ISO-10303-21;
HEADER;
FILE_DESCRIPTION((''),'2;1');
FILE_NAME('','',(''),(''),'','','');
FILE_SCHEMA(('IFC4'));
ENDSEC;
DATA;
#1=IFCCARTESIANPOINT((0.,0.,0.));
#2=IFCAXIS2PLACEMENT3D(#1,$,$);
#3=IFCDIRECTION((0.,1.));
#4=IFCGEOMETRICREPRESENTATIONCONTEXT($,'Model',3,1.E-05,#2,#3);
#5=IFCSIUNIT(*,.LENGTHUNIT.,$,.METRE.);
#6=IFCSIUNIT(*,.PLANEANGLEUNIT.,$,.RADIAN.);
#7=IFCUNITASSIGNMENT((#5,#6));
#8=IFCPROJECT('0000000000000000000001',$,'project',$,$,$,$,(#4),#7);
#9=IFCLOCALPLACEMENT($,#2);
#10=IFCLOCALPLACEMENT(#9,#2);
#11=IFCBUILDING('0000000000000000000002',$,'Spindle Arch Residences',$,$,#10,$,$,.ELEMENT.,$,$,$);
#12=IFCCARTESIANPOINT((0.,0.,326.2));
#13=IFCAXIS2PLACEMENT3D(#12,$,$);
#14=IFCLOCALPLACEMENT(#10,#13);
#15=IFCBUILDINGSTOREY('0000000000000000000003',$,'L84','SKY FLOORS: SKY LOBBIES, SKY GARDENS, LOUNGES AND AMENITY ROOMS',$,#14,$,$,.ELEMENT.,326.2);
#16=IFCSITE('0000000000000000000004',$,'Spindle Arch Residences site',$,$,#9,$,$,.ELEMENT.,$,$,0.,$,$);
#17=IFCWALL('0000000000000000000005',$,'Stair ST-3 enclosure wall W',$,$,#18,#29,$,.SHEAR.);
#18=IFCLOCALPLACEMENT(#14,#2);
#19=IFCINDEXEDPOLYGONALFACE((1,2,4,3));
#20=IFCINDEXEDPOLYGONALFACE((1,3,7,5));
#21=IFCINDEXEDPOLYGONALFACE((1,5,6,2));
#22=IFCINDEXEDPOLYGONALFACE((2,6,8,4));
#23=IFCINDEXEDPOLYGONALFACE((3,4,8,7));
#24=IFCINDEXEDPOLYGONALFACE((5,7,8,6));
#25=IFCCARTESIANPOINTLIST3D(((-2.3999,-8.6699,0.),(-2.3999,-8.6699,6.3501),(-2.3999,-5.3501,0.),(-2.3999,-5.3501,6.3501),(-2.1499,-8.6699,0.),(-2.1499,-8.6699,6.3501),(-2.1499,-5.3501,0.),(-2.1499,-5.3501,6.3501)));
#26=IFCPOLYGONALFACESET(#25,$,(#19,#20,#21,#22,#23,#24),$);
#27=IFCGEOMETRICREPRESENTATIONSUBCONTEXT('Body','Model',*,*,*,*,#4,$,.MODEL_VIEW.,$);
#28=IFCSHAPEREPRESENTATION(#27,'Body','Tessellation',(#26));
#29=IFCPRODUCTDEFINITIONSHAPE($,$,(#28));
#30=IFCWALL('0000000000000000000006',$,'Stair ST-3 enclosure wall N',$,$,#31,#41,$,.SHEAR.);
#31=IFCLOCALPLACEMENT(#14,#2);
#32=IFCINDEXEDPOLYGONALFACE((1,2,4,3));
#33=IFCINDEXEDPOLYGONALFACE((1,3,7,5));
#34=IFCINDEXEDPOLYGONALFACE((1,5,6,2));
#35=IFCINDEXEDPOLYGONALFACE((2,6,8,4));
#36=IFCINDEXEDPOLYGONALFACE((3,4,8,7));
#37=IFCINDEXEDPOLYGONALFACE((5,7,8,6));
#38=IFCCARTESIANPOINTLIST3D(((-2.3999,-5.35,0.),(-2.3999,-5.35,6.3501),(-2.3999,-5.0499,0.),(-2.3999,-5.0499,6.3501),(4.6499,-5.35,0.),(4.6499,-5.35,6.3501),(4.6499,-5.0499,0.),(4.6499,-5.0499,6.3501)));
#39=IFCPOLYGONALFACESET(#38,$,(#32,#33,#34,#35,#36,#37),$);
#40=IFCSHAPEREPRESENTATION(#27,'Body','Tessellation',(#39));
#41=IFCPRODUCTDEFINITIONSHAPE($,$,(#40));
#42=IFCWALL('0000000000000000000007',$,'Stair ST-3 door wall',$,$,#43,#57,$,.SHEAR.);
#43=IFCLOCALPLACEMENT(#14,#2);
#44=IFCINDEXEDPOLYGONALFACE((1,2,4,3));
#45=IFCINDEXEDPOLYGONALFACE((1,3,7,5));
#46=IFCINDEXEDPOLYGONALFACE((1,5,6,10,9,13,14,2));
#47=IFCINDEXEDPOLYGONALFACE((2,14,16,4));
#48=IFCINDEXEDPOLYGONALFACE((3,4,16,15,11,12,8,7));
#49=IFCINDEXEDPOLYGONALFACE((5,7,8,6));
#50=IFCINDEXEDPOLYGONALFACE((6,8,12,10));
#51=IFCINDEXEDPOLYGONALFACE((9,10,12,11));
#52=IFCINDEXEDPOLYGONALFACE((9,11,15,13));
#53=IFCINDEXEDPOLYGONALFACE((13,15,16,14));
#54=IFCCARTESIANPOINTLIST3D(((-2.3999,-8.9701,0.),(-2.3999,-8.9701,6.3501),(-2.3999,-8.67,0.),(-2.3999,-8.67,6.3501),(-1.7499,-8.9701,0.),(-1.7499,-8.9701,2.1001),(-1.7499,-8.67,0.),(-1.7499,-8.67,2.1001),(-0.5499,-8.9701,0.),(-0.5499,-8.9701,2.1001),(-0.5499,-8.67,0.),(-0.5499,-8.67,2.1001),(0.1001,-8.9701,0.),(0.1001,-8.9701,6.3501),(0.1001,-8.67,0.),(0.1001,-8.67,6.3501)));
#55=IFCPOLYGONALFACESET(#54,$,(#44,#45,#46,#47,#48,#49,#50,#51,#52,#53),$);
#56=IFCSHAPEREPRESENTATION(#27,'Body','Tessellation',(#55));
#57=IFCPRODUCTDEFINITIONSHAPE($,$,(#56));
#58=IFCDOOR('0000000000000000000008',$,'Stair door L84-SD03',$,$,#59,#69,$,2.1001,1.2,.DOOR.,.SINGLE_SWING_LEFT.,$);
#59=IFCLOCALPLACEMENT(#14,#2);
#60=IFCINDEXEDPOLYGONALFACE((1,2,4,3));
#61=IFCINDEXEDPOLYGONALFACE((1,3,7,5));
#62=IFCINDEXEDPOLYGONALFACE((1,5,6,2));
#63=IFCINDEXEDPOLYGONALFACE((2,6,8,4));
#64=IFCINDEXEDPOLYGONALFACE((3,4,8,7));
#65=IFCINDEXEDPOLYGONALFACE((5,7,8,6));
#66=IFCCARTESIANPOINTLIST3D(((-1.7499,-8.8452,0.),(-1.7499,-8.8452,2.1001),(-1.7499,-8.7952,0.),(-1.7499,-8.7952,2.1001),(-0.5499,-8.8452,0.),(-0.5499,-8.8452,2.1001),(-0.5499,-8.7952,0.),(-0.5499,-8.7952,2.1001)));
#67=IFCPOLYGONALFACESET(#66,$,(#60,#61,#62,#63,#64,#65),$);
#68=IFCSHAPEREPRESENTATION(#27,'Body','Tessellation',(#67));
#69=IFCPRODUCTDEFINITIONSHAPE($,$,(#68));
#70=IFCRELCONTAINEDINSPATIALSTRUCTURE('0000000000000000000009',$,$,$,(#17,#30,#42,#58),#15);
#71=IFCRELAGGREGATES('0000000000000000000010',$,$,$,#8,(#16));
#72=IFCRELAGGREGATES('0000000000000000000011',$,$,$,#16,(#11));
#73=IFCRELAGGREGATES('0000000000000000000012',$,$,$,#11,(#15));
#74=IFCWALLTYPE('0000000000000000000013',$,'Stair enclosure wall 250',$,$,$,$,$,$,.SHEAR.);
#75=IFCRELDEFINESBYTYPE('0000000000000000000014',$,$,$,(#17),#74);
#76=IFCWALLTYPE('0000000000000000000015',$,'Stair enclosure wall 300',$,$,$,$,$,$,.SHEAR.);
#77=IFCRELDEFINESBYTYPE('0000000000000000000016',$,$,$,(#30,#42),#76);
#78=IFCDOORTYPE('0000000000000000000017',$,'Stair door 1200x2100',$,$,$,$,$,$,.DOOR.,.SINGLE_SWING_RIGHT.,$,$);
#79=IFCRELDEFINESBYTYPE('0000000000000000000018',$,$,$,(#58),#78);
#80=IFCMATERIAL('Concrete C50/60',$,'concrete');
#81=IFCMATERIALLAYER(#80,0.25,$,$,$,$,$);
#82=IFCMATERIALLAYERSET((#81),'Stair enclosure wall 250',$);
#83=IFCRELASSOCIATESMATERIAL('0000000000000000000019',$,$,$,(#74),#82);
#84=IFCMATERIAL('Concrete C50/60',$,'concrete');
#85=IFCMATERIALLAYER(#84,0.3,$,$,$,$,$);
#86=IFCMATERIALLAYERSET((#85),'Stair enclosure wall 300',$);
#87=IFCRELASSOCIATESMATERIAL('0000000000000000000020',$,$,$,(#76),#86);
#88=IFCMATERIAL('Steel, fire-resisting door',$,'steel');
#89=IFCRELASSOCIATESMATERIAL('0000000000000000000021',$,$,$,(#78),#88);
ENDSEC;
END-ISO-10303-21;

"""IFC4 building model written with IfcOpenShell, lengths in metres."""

from ifc_helpers import new_model, si_unit, direction, frame, frame_2d, origin, place, context, subcontext, project, spatial, rectangle, extrude, material, layer, layer_set, type_object, element, fill, save


model = new_model("IFC4")

# Units and contexts
model_context = context("Model", 3, precision=1e-05, world=origin(), true_north=direction((0.0, 1.0)))
body_context = subcontext(model_context, "Body", "Model", "MODEL_VIEW")
ifc_project = project(units=[si_unit("LENGTHUNIT", "METRE"), si_unit("PLANEANGLEUNIT", "RADIAN")], contexts=[model_context])

# Site, building, storey
site_placement = place(None, origin())
site = spatial("IfcSite", under=ifc_project, at=site_placement, Name="Spindle Arch Residences site", CompositionType="ELEMENT", RefElevation=0.0)
building_placement = place(site_placement, origin())
building = spatial("IfcBuilding", under=site, at=building_placement, Name="Spindle Arch Residences", CompositionType="ELEMENT")
storey_placement = place(building_placement, frame((0.0, 0.0, 326.2)))
storey = spatial("IfcBuildingStorey", under=building, at=storey_placement, Name="L84", Description="SKY FLOORS: SKY LOBBIES, SKY GARDENS, LOUNGES AND AMENITY ROOMS", CompositionType="ELEMENT", Elevation=326.2)

# Walls
ifc_material_1 = material(Name="Concrete C50/60", Category="concrete")
ifc_layer_1 = layer(ifc_material_1, 0.25)
ifc_layer_set_1 = layer_set([ifc_layer_1], Name="Stair enclosure wall 250")
wall_type_1 = type_object("IfcWallType", Name="Stair enclosure wall 250", PredefinedType="SHEAR", material=ifc_layer_set_1)
wall_1_placement = place(storey_placement, frame((-2.2749, -8.6699, 0.0), z_axis=(0.0, 0.0, 1.0), x_axis=(0.0, 1.0, 0.0)))
element("IfcWall", 1, at=wall_1_placement, inside=storey, type_object=wall_type_1, Name="Stair ST-3 enclosure wall W", PredefinedType="SHEAR", context=body_context, shape_type="SweptSolid", body=[
    extrude(rectangle(XDim=3.3198, YDim=0.25, at=frame_2d((1.6599, 0.0))), origin(), (0.0, 0.0, 1.0), 6.3501),
])
ifc_material_2 = material(Name="Concrete C50/60", Category="concrete")
ifc_layer_2 = layer(ifc_material_2, 0.3)
ifc_layer_set_2 = layer_set([ifc_layer_2], Name="Stair enclosure wall 300")
wall_type_2 = type_object("IfcWallType", Name="Stair enclosure wall 300", PredefinedType="SHEAR", material=ifc_layer_set_2)
wall_2_placement = place(storey_placement, frame((-2.3999, -5.2, 0.0), z_axis=(0.0, 0.0, 1.0), x_axis=(1.0, 0.0, 0.0)))
element("IfcWall", 2, at=wall_2_placement, inside=storey, type_object=wall_type_2, Name="Stair ST-3 enclosure wall N", PredefinedType="SHEAR", context=body_context, shape_type="SweptSolid", body=[
    extrude(rectangle(XDim=7.0498, YDim=0.3, at=frame_2d((3.5249, 0.0))), origin(), (0.0, 0.0, 1.0), 6.3501),
])

# Wall, opening, door
wall_3_placement = place(storey_placement, frame((-2.3999, -8.8201, 0.0), z_axis=(0.0, 0.0, 1.0), x_axis=(1.0, 0.0, 0.0)))
wall_3 = element("IfcWall", 3, at=wall_3_placement, inside=storey, type_object=wall_type_2, Name="Stair ST-3 door wall", PredefinedType="SHEAR", context=body_context, shape_type="SweptSolid", body=[
    extrude(rectangle(XDim=2.5, YDim=0.3, at=frame_2d((1.25, 0.0))), origin(), (0.0, 0.0, 1.0), 6.3501),
])
opening_1_placement = place(wall_3_placement, frame((0.6499, 0.0, 0.0)))
opening_1 = element("IfcOpeningElement", 4, at=opening_1_placement, cuts=wall_3, PredefinedType="OPENING", context=body_context, shape_type="SweptSolid", body=[
    extrude(rectangle(XDim=1.2, YDim=2.1001, at=frame_2d((0.6001, 1.05))), frame((0.0, 0.1602, 0.0), z_axis=(0.0, -1.0, 0.0), x_axis=(1.0, 0.0, 0.0)), (0.0, 0.0, 1.0), 0.3201),
])
ifc_material_3 = material(Name="Steel, fire-resisting door", Category="steel")
door_type_1 = type_object("IfcDoorType", Name="Stair door 1200x2100", OperationType="SINGLE_SWING_RIGHT", PredefinedType="DOOR", material=ifc_material_3)
door_1_placement = place(opening_1_placement, origin())
door_1 = element("IfcDoor", 5, at=door_1_placement, inside=storey, type_object=door_type_1, Name="Stair door L84-SD03", OperationType="SINGLE_SWING_LEFT", OverallHeight=2.1001, OverallWidth=1.2, PredefinedType="DOOR", context=body_context, shape_type="SweptSolid", body=[
    extrude(rectangle(XDim=1.2, YDim=2.1001, at=frame_2d((0.6001, 1.05))), frame((0.0, 0.0249, 0.0), z_axis=(0.0, -1.0, 0.0), x_axis=(1.0, 0.0, 0.0)), (0.0, 0.0, 1.0), 0.05),
])
fill(opening_1, door_1)

save(model, "model.ifc")
